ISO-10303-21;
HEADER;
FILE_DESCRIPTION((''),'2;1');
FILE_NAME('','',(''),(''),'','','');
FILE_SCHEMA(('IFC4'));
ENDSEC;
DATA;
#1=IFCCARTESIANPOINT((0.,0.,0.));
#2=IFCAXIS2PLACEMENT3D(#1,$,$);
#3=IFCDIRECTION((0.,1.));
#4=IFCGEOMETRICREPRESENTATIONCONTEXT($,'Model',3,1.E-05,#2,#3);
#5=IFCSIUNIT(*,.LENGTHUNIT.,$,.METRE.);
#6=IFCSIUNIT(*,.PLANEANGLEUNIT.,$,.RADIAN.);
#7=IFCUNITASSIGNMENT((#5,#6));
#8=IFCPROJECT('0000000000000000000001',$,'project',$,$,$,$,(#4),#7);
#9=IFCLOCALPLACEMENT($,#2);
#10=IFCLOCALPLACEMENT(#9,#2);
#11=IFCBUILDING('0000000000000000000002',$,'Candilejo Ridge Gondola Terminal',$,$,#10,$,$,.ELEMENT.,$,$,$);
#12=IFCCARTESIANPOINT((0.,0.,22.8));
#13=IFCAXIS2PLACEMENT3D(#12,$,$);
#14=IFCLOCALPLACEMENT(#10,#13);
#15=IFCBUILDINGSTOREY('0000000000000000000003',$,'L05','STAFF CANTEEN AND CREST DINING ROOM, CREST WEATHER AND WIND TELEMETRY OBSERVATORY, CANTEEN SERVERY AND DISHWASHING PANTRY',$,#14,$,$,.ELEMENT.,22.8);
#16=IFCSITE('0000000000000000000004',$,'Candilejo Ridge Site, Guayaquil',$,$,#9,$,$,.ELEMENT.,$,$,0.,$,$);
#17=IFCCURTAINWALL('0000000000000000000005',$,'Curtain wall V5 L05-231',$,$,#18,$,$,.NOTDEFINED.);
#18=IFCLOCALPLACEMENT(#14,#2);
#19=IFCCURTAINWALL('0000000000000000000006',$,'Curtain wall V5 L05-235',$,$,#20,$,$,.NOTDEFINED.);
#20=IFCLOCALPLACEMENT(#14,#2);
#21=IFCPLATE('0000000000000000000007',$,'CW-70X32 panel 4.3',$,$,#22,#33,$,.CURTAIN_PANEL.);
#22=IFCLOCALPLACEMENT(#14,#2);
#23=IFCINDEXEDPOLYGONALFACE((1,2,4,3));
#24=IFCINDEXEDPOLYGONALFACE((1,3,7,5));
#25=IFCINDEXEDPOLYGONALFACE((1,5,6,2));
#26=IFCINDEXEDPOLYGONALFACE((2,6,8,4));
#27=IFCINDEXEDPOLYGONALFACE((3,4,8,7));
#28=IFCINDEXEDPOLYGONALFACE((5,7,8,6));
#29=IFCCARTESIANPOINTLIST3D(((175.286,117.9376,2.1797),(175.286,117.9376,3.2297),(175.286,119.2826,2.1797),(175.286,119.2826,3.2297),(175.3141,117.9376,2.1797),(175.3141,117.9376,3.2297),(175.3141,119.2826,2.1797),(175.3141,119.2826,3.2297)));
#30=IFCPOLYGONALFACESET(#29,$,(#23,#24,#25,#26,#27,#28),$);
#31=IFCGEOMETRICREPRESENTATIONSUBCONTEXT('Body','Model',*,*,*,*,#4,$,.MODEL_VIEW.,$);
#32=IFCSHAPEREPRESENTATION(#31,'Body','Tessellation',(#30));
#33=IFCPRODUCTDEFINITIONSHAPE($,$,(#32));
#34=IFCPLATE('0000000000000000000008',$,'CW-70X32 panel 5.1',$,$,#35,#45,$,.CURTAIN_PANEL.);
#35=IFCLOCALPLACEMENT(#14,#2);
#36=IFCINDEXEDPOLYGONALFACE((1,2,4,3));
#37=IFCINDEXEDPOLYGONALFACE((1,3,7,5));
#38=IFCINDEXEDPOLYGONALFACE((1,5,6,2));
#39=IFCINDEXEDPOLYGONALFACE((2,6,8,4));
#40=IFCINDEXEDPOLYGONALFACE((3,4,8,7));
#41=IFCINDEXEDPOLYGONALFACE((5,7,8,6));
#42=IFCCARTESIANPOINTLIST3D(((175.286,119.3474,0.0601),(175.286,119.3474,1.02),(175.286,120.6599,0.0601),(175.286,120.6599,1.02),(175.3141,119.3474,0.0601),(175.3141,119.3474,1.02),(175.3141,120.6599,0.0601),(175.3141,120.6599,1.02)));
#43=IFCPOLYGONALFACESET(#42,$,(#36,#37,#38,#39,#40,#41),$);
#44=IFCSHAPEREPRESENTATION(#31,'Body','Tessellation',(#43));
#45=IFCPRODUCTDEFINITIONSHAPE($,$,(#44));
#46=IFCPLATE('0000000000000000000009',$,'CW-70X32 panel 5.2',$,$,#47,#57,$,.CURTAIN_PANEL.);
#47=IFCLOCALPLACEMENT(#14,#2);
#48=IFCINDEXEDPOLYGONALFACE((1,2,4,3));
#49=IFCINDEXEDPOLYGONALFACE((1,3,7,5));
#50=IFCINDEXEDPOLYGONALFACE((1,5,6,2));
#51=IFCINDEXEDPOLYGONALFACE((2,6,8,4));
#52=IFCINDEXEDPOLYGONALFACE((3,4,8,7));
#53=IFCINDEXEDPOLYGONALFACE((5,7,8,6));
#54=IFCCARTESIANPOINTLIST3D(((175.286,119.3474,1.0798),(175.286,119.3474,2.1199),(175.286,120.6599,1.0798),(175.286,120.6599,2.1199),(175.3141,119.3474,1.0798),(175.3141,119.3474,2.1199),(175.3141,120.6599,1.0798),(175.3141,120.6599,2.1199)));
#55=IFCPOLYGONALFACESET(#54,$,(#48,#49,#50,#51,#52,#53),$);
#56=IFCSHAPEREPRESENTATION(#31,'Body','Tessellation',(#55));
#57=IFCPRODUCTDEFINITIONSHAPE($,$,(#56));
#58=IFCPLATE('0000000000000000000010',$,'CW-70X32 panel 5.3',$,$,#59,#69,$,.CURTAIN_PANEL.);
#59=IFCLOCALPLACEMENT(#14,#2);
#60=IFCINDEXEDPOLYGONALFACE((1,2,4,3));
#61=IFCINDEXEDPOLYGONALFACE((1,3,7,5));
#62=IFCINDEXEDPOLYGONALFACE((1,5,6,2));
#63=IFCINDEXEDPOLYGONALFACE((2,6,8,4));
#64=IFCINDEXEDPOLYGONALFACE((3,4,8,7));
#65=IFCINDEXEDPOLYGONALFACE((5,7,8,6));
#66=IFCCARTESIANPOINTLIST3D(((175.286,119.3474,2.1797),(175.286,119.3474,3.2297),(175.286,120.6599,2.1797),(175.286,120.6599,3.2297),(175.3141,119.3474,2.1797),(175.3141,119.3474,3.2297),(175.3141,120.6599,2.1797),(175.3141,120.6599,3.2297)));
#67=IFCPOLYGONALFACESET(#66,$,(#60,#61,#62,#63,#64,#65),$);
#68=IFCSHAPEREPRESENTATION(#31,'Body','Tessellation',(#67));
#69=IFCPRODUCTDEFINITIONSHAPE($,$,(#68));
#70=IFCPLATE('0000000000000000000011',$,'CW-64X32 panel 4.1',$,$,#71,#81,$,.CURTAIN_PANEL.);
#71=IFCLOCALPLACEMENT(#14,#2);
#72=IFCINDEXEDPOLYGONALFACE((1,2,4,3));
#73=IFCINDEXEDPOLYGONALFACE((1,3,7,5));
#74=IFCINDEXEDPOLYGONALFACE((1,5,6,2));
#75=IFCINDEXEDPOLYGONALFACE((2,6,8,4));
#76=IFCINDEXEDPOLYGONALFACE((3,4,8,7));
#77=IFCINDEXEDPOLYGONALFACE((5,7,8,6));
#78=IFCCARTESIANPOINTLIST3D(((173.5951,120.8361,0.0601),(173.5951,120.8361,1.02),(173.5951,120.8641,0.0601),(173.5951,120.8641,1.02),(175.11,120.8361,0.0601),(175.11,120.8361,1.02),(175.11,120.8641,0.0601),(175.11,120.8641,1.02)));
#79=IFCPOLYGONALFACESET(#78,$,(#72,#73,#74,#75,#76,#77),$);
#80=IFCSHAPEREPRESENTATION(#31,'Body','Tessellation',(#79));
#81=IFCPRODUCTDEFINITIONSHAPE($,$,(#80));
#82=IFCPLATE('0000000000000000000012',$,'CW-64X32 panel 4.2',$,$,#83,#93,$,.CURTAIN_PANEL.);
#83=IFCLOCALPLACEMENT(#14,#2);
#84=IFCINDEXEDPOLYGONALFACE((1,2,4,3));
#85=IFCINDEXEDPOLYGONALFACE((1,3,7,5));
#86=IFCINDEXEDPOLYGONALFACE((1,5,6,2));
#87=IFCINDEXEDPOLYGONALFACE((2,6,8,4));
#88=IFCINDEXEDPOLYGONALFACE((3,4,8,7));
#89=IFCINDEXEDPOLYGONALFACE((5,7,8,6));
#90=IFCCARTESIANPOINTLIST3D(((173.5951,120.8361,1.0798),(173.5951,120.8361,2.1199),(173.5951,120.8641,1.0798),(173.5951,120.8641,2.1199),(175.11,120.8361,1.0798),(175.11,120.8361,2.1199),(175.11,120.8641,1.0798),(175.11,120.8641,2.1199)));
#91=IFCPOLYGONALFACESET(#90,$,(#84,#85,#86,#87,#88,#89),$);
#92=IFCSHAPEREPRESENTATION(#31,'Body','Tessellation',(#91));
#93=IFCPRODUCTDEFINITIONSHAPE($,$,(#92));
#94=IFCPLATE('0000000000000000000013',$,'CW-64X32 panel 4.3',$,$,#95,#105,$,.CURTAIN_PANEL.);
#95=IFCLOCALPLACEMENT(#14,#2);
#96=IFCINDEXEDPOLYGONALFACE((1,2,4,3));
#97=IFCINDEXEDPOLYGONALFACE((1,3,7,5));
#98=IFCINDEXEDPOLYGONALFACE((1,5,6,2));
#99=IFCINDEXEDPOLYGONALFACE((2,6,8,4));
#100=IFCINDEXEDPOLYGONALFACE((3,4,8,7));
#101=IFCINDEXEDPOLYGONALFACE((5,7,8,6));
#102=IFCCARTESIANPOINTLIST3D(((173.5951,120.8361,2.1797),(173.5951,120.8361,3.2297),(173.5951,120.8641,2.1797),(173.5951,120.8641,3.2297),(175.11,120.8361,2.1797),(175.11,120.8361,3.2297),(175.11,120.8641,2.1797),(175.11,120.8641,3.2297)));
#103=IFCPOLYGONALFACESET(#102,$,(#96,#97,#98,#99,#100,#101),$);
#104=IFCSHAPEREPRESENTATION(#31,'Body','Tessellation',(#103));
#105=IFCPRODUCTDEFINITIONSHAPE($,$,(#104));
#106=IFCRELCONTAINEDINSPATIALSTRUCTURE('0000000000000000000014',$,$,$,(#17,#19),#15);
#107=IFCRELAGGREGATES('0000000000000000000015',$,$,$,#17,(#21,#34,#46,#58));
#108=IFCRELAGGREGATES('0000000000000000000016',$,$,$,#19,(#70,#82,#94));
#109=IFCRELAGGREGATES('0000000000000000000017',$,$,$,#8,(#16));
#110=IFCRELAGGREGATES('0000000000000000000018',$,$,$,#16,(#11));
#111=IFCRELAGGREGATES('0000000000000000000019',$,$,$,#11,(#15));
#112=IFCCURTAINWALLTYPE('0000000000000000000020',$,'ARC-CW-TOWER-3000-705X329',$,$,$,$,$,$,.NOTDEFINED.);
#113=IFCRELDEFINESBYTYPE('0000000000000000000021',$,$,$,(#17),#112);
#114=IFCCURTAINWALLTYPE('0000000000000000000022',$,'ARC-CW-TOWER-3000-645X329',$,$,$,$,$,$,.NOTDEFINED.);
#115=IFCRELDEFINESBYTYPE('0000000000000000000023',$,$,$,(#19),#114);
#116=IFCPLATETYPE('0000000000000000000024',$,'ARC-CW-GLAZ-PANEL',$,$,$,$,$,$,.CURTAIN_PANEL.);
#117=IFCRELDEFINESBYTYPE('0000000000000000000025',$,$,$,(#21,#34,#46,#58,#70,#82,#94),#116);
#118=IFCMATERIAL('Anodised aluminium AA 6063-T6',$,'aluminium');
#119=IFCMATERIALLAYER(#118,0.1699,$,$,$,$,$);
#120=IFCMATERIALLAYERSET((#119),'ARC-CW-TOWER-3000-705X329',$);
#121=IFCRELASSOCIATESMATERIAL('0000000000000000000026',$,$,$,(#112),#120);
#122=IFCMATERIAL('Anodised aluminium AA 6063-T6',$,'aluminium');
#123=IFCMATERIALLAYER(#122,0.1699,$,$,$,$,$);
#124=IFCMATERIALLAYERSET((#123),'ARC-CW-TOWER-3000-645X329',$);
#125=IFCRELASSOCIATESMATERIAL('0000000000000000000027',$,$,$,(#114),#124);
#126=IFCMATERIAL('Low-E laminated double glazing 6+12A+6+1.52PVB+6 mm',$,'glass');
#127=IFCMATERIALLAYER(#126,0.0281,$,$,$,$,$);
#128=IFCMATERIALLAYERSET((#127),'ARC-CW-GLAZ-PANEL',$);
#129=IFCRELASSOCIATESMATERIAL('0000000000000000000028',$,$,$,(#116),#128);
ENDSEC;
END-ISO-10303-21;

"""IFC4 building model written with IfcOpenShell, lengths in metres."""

from ifc_helpers import new_model, si_unit, direction, frame, origin, origin_2d, place, context, subcontext, project, spatial, rectangle, extrude, material, layer, layer_set, type_object, element, aggregate, save


model = new_model("IFC4")

# Units and contexts
model_context = context("Model", 3, precision=1e-05, world=origin(), true_north=direction((0.0, 1.0)))
body_context = subcontext(model_context, "Body", "Model", "MODEL_VIEW")
ifc_project = project(units=[si_unit("LENGTHUNIT", "METRE"), si_unit("PLANEANGLEUNIT", "RADIAN")], contexts=[model_context])

# Site, building, storey
site_placement = place(None, origin())
site = spatial("IfcSite", under=ifc_project, at=site_placement, Name="Candilejo Ridge Site, Guayaquil", CompositionType="ELEMENT", RefElevation=0.0)
building_placement = place(site_placement, origin())
building = spatial("IfcBuilding", under=site, at=building_placement, Name="Candilejo Ridge Gondola Terminal", CompositionType="ELEMENT")
storey_placement = place(building_placement, frame((0.0, 0.0, 22.8)))
storey = spatial("IfcBuildingStorey", under=building, at=storey_placement, Name="L05", Description="STAFF CANTEEN AND CREST DINING ROOM, CREST WEATHER AND WIND TELEMETRY OBSERVATORY, CANTEEN SERVERY AND DISHWASHING PANTRY", CompositionType="ELEMENT", Elevation=22.8)

# Curtain wall
ifc_material_1 = material(Name="Anodised aluminium AA 6063-T6", Category="aluminium")
ifc_layer_1 = layer(ifc_material_1, 0.1699)
ifc_layer_set_1 = layer_set([ifc_layer_1], Name="ARC-CW-TOWER-3000-705X329")
curtain_wall_type_1 = type_object("IfcCurtainWallType", Name="ARC-CW-TOWER-3000-705X329", PredefinedType="NOTDEFINED", material=ifc_layer_set_1)
curtain_wall_1_placement = place(storey_placement, origin())
curtain_wall_1 = element("IfcCurtainWall", 1, at=curtain_wall_1_placement, inside=storey, type_object=curtain_wall_type_1, Name="Curtain wall V5 L05-231", PredefinedType="NOTDEFINED")

# Curtain wall
ifc_material_2 = material(Name="Anodised aluminium AA 6063-T6", Category="aluminium")
ifc_layer_2 = layer(ifc_material_2, 0.1699)
ifc_layer_set_2 = layer_set([ifc_layer_2], Name="ARC-CW-TOWER-3000-645X329")
curtain_wall_type_2 = type_object("IfcCurtainWallType", Name="ARC-CW-TOWER-3000-645X329", PredefinedType="NOTDEFINED", material=ifc_layer_set_2)
curtain_wall_2_placement = place(storey_placement, origin())
curtain_wall_2 = element("IfcCurtainWall", 2, at=curtain_wall_2_placement, inside=storey, type_object=curtain_wall_type_2, Name="Curtain wall V5 L05-235", PredefinedType="NOTDEFINED")

# Plates
ifc_material_3 = material(Name="Low-E laminated double glazing 6+12A+6+1.52PVB+6 mm", Category="glass")
ifc_layer_3 = layer(ifc_material_3, 0.0281)
ifc_layer_set_3 = layer_set([ifc_layer_3], Name="ARC-CW-GLAZ-PANEL")
plate_type = type_object("IfcPlateType", Name="ARC-CW-GLAZ-PANEL", PredefinedType="CURTAIN_PANEL", material=ifc_layer_set_3)
plate_1_placement = place(storey_placement, frame((175.3, 118.6101, 2.1797), z_axis=(0.0, 0.0, 1.0), x_axis=(0.0, 1.0, 0.0)))
plate_1 = element("IfcPlate", 3, at=plate_1_placement, type_object=plate_type, Name="CW-70X32 panel 4.3", PredefinedType="CURTAIN_PANEL", context=body_context, shape_type="SweptSolid", body=[
    extrude(rectangle(XDim=1.345, YDim=0.0281, at=origin_2d()), origin(), (0.0, 0.0, 1.0), 1.05),
])
plate_2_placement = place(storey_placement, frame((175.3, 120.0037, 0.0601), z_axis=(0.0, 0.0, 1.0), x_axis=(0.0, 1.0, 0.0)))
plate_2 = element("IfcPlate", 4, at=plate_2_placement, type_object=plate_type, Name="CW-70X32 panel 5.1", PredefinedType="CURTAIN_PANEL", context=body_context, shape_type="SweptSolid", body=[
    extrude(rectangle(XDim=1.3125, YDim=0.0281, at=origin_2d()), origin(), (0.0, 0.0, 1.0), 0.96),
])
plate_3_placement = place(storey_placement, frame((175.3, 120.0037, 1.0798), z_axis=(0.0, 0.0, 1.0), x_axis=(0.0, 1.0, 0.0)))
plate_3 = element("IfcPlate", 5, at=plate_3_placement, type_object=plate_type, Name="CW-70X32 panel 5.2", PredefinedType="CURTAIN_PANEL", context=body_context, shape_type="SweptSolid", body=[
    extrude(rectangle(XDim=1.3125, YDim=0.0281, at=origin_2d()), origin(), (0.0, 0.0, 1.0), 1.04),
])
plate_4_placement = place(storey_placement, frame((175.3, 120.0037, 2.1797), z_axis=(0.0, 0.0, 1.0), x_axis=(0.0, 1.0, 0.0)))
plate_4 = element("IfcPlate", 6, at=plate_4_placement, type_object=plate_type, Name="CW-70X32 panel 5.3", PredefinedType="CURTAIN_PANEL", context=body_context, shape_type="SweptSolid", body=[
    extrude(rectangle(XDim=1.3125, YDim=0.0281, at=origin_2d()), origin(), (0.0, 0.0, 1.0), 1.05),
])
aggregate(curtain_wall_1, [plate_1, plate_2, plate_3, plate_4])
plate_5_placement = place(storey_placement, frame((174.3525, 120.8501, 0.0601), z_axis=(0.0, 0.0, 1.0), x_axis=(1.0, 0.0, 0.0)))
plate_5 = element("IfcPlate", 7, at=plate_5_placement, type_object=plate_type, Name="CW-64X32 panel 4.1", PredefinedType="CURTAIN_PANEL", context=body_context, shape_type="SweptSolid", body=[
    extrude(rectangle(XDim=1.5149, YDim=0.0281, at=origin_2d()), origin(), (0.0, 0.0, 1.0), 0.96),
])
plate_6_placement = place(storey_placement, frame((174.3525, 120.8501, 1.0798), z_axis=(0.0, 0.0, 1.0), x_axis=(1.0, 0.0, 0.0)))
plate_6 = element("IfcPlate", 8, at=plate_6_placement, type_object=plate_type, Name="CW-64X32 panel 4.2", PredefinedType="CURTAIN_PANEL", context=body_context, shape_type="SweptSolid", body=[
    extrude(rectangle(XDim=1.5149, YDim=0.0281, at=origin_2d()), origin(), (0.0, 0.0, 1.0), 1.04),
])
plate_7_placement = place(storey_placement, frame((174.3525, 120.8501, 2.1797), z_axis=(0.0, 0.0, 1.0), x_axis=(1.0, 0.0, 0.0)))
plate_7 = element("IfcPlate", 9, at=plate_7_placement, type_object=plate_type, Name="CW-64X32 panel 4.3", PredefinedType="CURTAIN_PANEL", context=body_context, shape_type="SweptSolid", body=[
    extrude(rectangle(XDim=1.5149, YDim=0.0281, at=origin_2d()), origin(), (0.0, 0.0, 1.0), 1.05),
])
aggregate(curtain_wall_2, [plate_5, plate_6, plate_7])

save(model, "model.ifc")
